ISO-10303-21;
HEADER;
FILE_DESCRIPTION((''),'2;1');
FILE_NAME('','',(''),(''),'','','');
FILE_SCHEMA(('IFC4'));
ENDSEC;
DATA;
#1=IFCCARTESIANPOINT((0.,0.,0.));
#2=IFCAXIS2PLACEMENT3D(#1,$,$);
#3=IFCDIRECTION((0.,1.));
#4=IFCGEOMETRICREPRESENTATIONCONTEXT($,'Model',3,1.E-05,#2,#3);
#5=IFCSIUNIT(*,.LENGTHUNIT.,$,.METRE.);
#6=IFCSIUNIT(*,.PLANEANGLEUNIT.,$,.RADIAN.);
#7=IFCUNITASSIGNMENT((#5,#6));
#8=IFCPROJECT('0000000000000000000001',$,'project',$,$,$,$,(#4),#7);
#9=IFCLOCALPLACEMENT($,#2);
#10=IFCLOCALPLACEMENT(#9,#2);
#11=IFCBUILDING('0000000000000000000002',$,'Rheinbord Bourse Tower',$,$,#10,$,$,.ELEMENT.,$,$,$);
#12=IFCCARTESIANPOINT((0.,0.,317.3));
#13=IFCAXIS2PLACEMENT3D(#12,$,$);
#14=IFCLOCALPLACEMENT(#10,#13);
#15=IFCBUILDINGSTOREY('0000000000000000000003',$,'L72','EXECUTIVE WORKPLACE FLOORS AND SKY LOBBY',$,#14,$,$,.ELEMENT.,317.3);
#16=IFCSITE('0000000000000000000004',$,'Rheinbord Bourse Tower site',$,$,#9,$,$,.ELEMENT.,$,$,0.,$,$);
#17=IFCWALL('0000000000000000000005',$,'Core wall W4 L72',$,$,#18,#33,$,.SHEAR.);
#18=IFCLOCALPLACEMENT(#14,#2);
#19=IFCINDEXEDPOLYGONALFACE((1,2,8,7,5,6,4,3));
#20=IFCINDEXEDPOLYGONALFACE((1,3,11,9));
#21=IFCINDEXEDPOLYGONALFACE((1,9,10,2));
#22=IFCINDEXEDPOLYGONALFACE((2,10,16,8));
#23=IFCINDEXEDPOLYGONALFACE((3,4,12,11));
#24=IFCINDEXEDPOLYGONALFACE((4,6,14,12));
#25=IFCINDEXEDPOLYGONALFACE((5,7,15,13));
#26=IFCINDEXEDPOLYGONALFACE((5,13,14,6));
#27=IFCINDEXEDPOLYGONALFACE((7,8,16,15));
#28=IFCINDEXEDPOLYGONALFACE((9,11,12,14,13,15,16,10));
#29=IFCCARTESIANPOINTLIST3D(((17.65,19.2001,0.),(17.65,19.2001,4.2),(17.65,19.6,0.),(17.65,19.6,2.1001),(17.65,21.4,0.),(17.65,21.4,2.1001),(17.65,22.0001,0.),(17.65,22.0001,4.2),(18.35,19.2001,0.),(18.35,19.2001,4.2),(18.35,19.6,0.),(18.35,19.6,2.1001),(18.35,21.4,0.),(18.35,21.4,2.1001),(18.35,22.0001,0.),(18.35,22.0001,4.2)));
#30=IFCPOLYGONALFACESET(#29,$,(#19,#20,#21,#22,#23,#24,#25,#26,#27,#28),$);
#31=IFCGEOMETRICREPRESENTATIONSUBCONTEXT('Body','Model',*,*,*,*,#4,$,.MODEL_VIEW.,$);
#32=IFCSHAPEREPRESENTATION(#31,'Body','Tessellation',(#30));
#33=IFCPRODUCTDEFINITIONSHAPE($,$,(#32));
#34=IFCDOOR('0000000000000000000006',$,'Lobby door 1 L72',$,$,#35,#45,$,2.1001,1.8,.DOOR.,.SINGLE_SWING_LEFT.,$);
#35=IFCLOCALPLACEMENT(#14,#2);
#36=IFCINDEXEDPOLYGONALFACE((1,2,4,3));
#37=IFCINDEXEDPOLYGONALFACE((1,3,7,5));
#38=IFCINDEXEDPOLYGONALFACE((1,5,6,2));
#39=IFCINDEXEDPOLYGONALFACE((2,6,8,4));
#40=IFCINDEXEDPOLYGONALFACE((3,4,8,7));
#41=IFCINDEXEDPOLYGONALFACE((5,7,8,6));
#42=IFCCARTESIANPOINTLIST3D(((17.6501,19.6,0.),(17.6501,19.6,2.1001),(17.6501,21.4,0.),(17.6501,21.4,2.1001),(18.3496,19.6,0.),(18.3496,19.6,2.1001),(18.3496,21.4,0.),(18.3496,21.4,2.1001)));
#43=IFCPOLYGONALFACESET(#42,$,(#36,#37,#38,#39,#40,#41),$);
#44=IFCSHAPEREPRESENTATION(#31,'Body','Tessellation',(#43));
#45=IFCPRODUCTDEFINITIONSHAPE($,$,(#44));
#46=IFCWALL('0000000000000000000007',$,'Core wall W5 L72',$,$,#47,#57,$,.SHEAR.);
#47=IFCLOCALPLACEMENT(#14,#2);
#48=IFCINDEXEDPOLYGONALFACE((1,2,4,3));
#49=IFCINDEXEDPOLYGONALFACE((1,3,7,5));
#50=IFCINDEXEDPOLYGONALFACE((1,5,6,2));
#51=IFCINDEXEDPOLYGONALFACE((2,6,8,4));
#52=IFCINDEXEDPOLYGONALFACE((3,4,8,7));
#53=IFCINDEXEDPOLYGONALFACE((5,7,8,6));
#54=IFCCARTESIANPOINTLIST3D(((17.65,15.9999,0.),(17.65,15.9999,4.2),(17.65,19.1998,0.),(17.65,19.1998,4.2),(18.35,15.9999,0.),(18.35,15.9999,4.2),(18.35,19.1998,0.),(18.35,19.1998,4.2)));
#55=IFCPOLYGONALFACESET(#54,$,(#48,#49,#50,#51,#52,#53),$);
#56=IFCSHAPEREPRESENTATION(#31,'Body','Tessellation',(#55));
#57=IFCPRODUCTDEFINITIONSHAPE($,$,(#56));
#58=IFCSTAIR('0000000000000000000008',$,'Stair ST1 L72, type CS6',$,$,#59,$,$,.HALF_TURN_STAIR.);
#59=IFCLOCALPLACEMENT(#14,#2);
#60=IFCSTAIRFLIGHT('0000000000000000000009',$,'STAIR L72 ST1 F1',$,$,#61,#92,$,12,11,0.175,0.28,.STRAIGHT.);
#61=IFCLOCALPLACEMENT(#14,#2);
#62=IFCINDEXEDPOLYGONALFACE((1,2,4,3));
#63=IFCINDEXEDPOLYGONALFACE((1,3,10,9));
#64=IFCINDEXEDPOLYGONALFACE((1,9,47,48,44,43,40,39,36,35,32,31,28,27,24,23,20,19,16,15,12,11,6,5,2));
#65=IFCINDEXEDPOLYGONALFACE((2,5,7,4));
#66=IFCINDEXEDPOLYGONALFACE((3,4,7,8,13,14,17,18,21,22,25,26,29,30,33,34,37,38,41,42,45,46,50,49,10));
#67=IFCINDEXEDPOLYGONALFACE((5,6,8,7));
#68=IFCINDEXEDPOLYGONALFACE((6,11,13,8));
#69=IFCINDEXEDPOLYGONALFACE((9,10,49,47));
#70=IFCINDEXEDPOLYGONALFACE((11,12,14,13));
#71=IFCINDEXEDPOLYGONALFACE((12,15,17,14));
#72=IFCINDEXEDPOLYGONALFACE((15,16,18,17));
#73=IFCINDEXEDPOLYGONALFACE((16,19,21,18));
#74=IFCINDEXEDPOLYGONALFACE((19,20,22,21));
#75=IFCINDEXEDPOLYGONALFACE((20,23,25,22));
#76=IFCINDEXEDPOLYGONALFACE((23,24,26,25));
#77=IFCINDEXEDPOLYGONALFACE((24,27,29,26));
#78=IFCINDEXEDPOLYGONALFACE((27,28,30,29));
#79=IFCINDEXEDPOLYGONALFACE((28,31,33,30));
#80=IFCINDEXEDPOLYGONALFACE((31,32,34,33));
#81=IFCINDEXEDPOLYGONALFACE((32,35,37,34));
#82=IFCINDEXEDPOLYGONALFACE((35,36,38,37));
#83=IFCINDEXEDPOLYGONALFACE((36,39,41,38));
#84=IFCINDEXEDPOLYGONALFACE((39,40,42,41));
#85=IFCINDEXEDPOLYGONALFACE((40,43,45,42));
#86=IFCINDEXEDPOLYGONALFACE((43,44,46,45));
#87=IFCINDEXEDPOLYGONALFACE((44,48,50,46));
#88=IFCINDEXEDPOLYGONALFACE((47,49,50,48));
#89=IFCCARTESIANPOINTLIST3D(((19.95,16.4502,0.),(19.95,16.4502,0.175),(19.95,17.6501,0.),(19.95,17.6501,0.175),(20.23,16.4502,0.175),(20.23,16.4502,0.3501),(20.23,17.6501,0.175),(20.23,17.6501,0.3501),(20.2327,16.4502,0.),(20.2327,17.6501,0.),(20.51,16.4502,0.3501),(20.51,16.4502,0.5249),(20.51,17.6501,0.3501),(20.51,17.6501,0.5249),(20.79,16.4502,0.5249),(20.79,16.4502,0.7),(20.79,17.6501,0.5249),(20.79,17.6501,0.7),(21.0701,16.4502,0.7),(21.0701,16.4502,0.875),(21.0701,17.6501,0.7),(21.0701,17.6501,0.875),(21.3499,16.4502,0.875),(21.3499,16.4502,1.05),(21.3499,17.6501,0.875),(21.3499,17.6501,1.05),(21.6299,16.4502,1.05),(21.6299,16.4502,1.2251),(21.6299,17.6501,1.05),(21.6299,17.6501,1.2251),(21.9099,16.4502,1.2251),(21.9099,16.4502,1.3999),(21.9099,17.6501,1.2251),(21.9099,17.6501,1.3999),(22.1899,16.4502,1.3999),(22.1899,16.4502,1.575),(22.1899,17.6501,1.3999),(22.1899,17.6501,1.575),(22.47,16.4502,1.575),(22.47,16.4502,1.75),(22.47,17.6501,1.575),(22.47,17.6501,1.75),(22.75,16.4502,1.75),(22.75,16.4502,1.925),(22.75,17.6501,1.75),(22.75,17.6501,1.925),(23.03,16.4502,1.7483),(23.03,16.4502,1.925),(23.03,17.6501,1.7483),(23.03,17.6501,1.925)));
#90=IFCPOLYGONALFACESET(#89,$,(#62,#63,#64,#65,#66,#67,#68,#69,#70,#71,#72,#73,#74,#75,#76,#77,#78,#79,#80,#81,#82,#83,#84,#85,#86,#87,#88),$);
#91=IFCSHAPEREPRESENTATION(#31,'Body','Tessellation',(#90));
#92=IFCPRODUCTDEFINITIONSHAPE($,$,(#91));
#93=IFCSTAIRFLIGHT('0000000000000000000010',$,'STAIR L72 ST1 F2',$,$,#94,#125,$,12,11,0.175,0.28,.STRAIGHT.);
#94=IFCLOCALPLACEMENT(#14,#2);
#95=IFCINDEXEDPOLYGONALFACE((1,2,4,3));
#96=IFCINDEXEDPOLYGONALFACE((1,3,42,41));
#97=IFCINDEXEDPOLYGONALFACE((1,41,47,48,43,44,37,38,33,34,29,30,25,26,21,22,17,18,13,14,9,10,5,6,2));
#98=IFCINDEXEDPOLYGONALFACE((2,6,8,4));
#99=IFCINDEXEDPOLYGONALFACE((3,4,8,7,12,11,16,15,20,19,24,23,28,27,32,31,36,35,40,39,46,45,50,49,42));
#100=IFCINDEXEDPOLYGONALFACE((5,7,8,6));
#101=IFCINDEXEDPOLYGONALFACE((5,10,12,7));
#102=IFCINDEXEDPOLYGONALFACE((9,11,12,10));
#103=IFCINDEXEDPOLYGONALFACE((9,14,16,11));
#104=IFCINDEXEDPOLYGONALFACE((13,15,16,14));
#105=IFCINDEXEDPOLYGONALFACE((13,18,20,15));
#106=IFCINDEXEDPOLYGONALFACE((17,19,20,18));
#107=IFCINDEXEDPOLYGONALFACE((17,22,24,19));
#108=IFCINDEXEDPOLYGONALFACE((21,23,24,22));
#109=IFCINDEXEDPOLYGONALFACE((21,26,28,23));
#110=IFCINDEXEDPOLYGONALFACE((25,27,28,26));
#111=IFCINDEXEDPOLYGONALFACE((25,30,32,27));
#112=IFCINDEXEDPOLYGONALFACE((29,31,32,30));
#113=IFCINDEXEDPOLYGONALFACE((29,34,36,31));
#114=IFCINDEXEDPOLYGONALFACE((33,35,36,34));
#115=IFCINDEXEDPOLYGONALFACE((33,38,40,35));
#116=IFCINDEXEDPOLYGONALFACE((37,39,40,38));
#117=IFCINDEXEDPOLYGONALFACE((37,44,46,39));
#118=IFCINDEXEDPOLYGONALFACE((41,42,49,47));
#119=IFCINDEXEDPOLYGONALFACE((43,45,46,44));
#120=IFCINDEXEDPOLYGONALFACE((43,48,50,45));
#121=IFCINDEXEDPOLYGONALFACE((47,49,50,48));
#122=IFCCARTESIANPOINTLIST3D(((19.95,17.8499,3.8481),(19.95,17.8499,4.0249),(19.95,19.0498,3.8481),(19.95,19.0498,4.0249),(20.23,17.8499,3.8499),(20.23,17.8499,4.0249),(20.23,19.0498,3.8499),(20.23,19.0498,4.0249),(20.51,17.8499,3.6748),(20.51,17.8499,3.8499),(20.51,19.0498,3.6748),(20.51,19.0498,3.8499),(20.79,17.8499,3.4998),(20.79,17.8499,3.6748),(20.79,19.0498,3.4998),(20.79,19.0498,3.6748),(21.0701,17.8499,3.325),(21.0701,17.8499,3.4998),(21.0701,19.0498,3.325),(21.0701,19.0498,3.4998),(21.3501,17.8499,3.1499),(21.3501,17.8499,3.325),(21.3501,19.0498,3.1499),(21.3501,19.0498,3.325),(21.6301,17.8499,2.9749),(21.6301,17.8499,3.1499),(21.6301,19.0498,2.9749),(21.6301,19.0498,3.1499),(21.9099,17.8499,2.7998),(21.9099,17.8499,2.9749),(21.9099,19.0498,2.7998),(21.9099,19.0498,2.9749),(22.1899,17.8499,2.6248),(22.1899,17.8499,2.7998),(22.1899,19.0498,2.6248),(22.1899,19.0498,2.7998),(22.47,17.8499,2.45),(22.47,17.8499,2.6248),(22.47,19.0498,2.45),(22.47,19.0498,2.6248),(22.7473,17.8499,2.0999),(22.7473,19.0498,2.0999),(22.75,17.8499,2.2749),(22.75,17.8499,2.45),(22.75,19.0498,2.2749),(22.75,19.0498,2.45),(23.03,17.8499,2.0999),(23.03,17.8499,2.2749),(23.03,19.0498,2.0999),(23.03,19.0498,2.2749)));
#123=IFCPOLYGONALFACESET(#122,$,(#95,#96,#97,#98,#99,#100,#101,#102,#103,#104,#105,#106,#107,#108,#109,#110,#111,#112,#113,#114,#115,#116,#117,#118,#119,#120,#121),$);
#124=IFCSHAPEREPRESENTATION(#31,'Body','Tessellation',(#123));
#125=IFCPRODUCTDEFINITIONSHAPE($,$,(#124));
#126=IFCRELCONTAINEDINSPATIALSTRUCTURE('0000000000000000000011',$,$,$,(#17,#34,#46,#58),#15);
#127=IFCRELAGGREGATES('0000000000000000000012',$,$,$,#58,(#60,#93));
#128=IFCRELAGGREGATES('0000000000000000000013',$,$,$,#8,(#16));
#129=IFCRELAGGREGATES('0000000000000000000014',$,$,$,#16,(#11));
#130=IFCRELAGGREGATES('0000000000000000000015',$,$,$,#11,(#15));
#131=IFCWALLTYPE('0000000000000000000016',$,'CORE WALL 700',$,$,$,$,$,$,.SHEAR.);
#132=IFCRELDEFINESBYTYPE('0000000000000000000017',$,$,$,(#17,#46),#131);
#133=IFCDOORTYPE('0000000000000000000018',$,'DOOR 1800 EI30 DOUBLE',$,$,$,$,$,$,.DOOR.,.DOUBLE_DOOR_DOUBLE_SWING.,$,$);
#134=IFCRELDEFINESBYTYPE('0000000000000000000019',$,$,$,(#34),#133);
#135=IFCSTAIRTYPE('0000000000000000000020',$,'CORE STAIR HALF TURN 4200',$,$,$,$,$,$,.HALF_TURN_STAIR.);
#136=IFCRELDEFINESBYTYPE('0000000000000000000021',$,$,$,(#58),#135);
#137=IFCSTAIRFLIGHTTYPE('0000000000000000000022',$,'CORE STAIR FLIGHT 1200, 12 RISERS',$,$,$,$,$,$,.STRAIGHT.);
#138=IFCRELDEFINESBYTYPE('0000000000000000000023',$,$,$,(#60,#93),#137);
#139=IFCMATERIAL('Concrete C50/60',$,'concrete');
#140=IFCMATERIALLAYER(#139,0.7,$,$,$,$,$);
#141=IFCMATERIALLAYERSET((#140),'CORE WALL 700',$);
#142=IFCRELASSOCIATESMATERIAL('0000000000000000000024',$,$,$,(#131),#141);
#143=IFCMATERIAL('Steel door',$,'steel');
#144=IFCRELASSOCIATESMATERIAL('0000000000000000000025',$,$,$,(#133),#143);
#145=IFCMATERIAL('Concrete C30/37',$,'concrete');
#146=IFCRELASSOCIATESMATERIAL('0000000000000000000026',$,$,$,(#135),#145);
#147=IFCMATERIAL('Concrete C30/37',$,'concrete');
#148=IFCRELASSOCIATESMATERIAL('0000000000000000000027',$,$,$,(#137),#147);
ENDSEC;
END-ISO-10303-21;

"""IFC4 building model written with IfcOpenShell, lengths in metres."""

from ifc_helpers import new_model, si_unit, direction, frame, frame_2d, origin, place, context, subcontext, project, spatial, polyline, rectangle, outline, extrude, material, layer, layer_set, type_object, element, fill, aggregate, save


model = new_model("IFC4")

# Units and contexts
model_context = context("Model", 3, precision=1e-05, world=origin(), true_north=direction((0.0, 1.0)))
body_context = subcontext(model_context, "Body", "Model", "MODEL_VIEW")
ifc_project = project(units=[si_unit("LENGTHUNIT", "METRE"), si_unit("PLANEANGLEUNIT", "RADIAN")], contexts=[model_context])

# Site, building, storey
site_placement = place(None, origin())
site = spatial("IfcSite", under=ifc_project, at=site_placement, Name="Rheinbord Bourse Tower site", CompositionType="ELEMENT", RefElevation=0.0)
building_placement = place(site_placement, origin())
building = spatial("IfcBuilding", under=site, at=building_placement, Name="Rheinbord Bourse Tower", CompositionType="ELEMENT")
storey_placement = place(building_placement, frame((0.0, 0.0, 317.3)))
storey = spatial("IfcBuildingStorey", under=building, at=storey_placement, Name="L72", Description="EXECUTIVE WORKPLACE FLOORS AND SKY LOBBY", CompositionType="ELEMENT", Elevation=317.3)

# Wall, opening, door
ifc_material_1 = material(Name="Concrete C50/60", Category="concrete")
ifc_layer_1 = layer(ifc_material_1, 0.7)
ifc_layer_set_1 = layer_set([ifc_layer_1], Name="CORE WALL 700")
wall_type_1 = type_object("IfcWallType", Name="CORE WALL 700", PredefinedType="SHEAR", material=ifc_layer_set_1)
wall_1_placement = place(storey_placement, frame((18.0, 22.0, 0.0), z_axis=(0.0, 0.0, 1.0), x_axis=(0.0, -1.0, 0.0)))
wall_1 = element("IfcWall", 1, at=wall_1_placement, inside=storey, type_object=wall_type_1, Name="Core wall W4 L72", PredefinedType="SHEAR", context=body_context, shape_type="SweptSolid", body=[
    extrude(rectangle(XDim=2.8, YDim=0.7, at=frame_2d((1.3999, 0.0))), origin(), (0.0, 0.0, 1.0), 4.2),
])
opening_1_placement = place(wall_1_placement, frame((0.6001, 0.0, 0.0)))
opening_1 = element("IfcOpeningElement", 2, at=opening_1_placement, cuts=wall_1, PredefinedType="OPENING", context=body_context, shape_type="SweptSolid", body=[
    extrude(rectangle(XDim=1.8, YDim=2.1001, at=frame_2d((0.8999, 1.05))), frame((0.0, 0.3599, 0.0), z_axis=(0.0, -1.0, 0.0), x_axis=(1.0, 0.0, 0.0)), (0.0, 0.0, 1.0), 0.72),
])
ifc_material_2 = material(Name="Steel door", Category="steel")
door_type_1 = type_object("IfcDoorType", Name="DOOR 1800 EI30 DOUBLE", OperationType="DOUBLE_DOOR_DOUBLE_SWING", PredefinedType="DOOR", material=ifc_material_2)
door_1_placement = place(opening_1_placement, origin())
door_1 = element("IfcDoor", 3, at=door_1_placement, inside=storey, type_object=door_type_1, Name="Lobby door 1 L72", OperationType="SINGLE_SWING_LEFT", OverallHeight=2.1001, OverallWidth=1.8, PredefinedType="DOOR", context=body_context, shape_type="SweptSolid", body=[
    extrude(rectangle(XDim=1.8, YDim=2.1001, at=frame_2d((0.8999, 1.05))), frame((0.0, 0.3496, 0.0), z_axis=(0.0, -1.0, 0.0), x_axis=(1.0, 0.0, 0.0)), (0.0, 0.0, 1.0), 0.6995),
])
fill(opening_1, door_1)

# Wall
wall_2_placement = place(storey_placement, frame((18.0, 19.2, 0.0), z_axis=(0.0, 0.0, 1.0), x_axis=(0.0, -1.0, 0.0)))
element("IfcWall", 4, at=wall_2_placement, inside=storey, type_object=wall_type_1, Name="Core wall W5 L72", PredefinedType="SHEAR", context=body_context, shape_type="SweptSolid", body=[
    extrude(rectangle(XDim=3.2, YDim=0.7, at=frame_2d((1.6001, 0.0))), origin(), (0.0, 0.0, 1.0), 4.2),
])

# Stair, stair flights
ifc_material_3 = material(Name="Concrete C30/37", Category="concrete")
stair_type = type_object("IfcStairType", Name="CORE STAIR HALF TURN 4200", PredefinedType="HALF_TURN_STAIR", material=ifc_material_3)
stair_placement = place(storey_placement, origin())
stair = element("IfcStair", 5, at=stair_placement, inside=storey, type_object=stair_type, Name="Stair ST1 L72, type CS6", PredefinedType="HALF_TURN_STAIR")
ifc_material_4 = material(Name="Concrete C30/37", Category="concrete")
stair_flight_type = type_object("IfcStairFlightType", Name="CORE STAIR FLIGHT 1200, 12 RISERS", PredefinedType="STRAIGHT", material=ifc_material_4)
stair_flight_1_placement = place(storey_placement, frame((19.95, 17.05, 0.0), z_axis=(0.0, 0.0, 1.0), x_axis=(1.0, 0.0, 0.0)))
stair_flight_1 = element("IfcStairFlight", 6, at=stair_flight_1_placement, type_object=stair_flight_type, Name="STAIR L72 ST1 F1", NumberOfRisers=12, NumberOfTreads=11, PredefinedType="STRAIGHT", RiserHeight=0.175, TreadLength=0.28, context=body_context, shape_type="SweptSolid", body=[
    extrude(outline(polyline([(0.0, 0.0), (0.0, 0.175), (0.28, 0.175), (0.28, 0.3501), (0.5601, 0.3501), (0.5601, 0.5249), (0.8401, 0.5249), (0.8401, 0.7), (1.1201, 0.7), (1.1201, 0.875), (1.3999, 0.875), (1.3999, 1.05), (1.6799, 1.05), (1.6799, 1.2251), (1.96, 1.2251), (1.96, 1.3999), (2.24, 1.3999), (2.24, 1.575), (2.52, 1.575), (2.52, 1.75), (2.8, 1.75), (2.8, 1.925), (3.0801, 1.925), (3.0801, 2.1001), (3.0801, 1.7483), (0.2827, 0.0), (0.0, 0.0)])), frame((0.0, 0.6001, 0.0), z_axis=(0.0, -1.0, 0.0), x_axis=(1.0, 0.0, 0.0)), (0.0, 0.0, 1.0), 1.2),
])
stair_flight_2_placement = place(storey_placement, frame((23.03, 18.45, 2.0999), z_axis=(0.0, 0.0, 1.0), x_axis=(-1.0, 0.0, 0.0)))
stair_flight_2 = element("IfcStairFlight", 7, at=stair_flight_2_placement, type_object=stair_flight_type, Name="STAIR L72 ST1 F2", NumberOfRisers=12, NumberOfTreads=11, PredefinedType="STRAIGHT", RiserHeight=0.175, TreadLength=0.28, context=body_context, shape_type="SweptSolid", body=[
    extrude(outline(polyline([(0.0, 0.0), (0.0, 0.175), (0.28, 0.175), (0.28, 0.3501), (0.5601, 0.3501), (0.5601, 0.5249), (0.8401, 0.5249), (0.8401, 0.7), (1.1201, 0.7), (1.1201, 0.875), (1.3999, 0.875), (1.3999, 1.05), (1.6799, 1.05), (1.6799, 1.2251), (1.96, 1.2251), (1.96, 1.3999), (2.24, 1.3999), (2.24, 1.575), (2.52, 1.575), (2.52, 1.75), (2.8, 1.75), (2.8, 1.925), (3.0801, 1.925), (3.0801, 2.1001), (3.0801, 1.7483), (0.2827, 0.0), (0.0, 0.0)])), frame((0.0, 0.6001, 0.0), z_axis=(0.0, -1.0, 0.0), x_axis=(1.0, 0.0, 0.0)), (0.0, 0.0, 1.0), 1.2),
])
aggregate(stair, [stair_flight_1, stair_flight_2])

save(model, "model.ifc")
